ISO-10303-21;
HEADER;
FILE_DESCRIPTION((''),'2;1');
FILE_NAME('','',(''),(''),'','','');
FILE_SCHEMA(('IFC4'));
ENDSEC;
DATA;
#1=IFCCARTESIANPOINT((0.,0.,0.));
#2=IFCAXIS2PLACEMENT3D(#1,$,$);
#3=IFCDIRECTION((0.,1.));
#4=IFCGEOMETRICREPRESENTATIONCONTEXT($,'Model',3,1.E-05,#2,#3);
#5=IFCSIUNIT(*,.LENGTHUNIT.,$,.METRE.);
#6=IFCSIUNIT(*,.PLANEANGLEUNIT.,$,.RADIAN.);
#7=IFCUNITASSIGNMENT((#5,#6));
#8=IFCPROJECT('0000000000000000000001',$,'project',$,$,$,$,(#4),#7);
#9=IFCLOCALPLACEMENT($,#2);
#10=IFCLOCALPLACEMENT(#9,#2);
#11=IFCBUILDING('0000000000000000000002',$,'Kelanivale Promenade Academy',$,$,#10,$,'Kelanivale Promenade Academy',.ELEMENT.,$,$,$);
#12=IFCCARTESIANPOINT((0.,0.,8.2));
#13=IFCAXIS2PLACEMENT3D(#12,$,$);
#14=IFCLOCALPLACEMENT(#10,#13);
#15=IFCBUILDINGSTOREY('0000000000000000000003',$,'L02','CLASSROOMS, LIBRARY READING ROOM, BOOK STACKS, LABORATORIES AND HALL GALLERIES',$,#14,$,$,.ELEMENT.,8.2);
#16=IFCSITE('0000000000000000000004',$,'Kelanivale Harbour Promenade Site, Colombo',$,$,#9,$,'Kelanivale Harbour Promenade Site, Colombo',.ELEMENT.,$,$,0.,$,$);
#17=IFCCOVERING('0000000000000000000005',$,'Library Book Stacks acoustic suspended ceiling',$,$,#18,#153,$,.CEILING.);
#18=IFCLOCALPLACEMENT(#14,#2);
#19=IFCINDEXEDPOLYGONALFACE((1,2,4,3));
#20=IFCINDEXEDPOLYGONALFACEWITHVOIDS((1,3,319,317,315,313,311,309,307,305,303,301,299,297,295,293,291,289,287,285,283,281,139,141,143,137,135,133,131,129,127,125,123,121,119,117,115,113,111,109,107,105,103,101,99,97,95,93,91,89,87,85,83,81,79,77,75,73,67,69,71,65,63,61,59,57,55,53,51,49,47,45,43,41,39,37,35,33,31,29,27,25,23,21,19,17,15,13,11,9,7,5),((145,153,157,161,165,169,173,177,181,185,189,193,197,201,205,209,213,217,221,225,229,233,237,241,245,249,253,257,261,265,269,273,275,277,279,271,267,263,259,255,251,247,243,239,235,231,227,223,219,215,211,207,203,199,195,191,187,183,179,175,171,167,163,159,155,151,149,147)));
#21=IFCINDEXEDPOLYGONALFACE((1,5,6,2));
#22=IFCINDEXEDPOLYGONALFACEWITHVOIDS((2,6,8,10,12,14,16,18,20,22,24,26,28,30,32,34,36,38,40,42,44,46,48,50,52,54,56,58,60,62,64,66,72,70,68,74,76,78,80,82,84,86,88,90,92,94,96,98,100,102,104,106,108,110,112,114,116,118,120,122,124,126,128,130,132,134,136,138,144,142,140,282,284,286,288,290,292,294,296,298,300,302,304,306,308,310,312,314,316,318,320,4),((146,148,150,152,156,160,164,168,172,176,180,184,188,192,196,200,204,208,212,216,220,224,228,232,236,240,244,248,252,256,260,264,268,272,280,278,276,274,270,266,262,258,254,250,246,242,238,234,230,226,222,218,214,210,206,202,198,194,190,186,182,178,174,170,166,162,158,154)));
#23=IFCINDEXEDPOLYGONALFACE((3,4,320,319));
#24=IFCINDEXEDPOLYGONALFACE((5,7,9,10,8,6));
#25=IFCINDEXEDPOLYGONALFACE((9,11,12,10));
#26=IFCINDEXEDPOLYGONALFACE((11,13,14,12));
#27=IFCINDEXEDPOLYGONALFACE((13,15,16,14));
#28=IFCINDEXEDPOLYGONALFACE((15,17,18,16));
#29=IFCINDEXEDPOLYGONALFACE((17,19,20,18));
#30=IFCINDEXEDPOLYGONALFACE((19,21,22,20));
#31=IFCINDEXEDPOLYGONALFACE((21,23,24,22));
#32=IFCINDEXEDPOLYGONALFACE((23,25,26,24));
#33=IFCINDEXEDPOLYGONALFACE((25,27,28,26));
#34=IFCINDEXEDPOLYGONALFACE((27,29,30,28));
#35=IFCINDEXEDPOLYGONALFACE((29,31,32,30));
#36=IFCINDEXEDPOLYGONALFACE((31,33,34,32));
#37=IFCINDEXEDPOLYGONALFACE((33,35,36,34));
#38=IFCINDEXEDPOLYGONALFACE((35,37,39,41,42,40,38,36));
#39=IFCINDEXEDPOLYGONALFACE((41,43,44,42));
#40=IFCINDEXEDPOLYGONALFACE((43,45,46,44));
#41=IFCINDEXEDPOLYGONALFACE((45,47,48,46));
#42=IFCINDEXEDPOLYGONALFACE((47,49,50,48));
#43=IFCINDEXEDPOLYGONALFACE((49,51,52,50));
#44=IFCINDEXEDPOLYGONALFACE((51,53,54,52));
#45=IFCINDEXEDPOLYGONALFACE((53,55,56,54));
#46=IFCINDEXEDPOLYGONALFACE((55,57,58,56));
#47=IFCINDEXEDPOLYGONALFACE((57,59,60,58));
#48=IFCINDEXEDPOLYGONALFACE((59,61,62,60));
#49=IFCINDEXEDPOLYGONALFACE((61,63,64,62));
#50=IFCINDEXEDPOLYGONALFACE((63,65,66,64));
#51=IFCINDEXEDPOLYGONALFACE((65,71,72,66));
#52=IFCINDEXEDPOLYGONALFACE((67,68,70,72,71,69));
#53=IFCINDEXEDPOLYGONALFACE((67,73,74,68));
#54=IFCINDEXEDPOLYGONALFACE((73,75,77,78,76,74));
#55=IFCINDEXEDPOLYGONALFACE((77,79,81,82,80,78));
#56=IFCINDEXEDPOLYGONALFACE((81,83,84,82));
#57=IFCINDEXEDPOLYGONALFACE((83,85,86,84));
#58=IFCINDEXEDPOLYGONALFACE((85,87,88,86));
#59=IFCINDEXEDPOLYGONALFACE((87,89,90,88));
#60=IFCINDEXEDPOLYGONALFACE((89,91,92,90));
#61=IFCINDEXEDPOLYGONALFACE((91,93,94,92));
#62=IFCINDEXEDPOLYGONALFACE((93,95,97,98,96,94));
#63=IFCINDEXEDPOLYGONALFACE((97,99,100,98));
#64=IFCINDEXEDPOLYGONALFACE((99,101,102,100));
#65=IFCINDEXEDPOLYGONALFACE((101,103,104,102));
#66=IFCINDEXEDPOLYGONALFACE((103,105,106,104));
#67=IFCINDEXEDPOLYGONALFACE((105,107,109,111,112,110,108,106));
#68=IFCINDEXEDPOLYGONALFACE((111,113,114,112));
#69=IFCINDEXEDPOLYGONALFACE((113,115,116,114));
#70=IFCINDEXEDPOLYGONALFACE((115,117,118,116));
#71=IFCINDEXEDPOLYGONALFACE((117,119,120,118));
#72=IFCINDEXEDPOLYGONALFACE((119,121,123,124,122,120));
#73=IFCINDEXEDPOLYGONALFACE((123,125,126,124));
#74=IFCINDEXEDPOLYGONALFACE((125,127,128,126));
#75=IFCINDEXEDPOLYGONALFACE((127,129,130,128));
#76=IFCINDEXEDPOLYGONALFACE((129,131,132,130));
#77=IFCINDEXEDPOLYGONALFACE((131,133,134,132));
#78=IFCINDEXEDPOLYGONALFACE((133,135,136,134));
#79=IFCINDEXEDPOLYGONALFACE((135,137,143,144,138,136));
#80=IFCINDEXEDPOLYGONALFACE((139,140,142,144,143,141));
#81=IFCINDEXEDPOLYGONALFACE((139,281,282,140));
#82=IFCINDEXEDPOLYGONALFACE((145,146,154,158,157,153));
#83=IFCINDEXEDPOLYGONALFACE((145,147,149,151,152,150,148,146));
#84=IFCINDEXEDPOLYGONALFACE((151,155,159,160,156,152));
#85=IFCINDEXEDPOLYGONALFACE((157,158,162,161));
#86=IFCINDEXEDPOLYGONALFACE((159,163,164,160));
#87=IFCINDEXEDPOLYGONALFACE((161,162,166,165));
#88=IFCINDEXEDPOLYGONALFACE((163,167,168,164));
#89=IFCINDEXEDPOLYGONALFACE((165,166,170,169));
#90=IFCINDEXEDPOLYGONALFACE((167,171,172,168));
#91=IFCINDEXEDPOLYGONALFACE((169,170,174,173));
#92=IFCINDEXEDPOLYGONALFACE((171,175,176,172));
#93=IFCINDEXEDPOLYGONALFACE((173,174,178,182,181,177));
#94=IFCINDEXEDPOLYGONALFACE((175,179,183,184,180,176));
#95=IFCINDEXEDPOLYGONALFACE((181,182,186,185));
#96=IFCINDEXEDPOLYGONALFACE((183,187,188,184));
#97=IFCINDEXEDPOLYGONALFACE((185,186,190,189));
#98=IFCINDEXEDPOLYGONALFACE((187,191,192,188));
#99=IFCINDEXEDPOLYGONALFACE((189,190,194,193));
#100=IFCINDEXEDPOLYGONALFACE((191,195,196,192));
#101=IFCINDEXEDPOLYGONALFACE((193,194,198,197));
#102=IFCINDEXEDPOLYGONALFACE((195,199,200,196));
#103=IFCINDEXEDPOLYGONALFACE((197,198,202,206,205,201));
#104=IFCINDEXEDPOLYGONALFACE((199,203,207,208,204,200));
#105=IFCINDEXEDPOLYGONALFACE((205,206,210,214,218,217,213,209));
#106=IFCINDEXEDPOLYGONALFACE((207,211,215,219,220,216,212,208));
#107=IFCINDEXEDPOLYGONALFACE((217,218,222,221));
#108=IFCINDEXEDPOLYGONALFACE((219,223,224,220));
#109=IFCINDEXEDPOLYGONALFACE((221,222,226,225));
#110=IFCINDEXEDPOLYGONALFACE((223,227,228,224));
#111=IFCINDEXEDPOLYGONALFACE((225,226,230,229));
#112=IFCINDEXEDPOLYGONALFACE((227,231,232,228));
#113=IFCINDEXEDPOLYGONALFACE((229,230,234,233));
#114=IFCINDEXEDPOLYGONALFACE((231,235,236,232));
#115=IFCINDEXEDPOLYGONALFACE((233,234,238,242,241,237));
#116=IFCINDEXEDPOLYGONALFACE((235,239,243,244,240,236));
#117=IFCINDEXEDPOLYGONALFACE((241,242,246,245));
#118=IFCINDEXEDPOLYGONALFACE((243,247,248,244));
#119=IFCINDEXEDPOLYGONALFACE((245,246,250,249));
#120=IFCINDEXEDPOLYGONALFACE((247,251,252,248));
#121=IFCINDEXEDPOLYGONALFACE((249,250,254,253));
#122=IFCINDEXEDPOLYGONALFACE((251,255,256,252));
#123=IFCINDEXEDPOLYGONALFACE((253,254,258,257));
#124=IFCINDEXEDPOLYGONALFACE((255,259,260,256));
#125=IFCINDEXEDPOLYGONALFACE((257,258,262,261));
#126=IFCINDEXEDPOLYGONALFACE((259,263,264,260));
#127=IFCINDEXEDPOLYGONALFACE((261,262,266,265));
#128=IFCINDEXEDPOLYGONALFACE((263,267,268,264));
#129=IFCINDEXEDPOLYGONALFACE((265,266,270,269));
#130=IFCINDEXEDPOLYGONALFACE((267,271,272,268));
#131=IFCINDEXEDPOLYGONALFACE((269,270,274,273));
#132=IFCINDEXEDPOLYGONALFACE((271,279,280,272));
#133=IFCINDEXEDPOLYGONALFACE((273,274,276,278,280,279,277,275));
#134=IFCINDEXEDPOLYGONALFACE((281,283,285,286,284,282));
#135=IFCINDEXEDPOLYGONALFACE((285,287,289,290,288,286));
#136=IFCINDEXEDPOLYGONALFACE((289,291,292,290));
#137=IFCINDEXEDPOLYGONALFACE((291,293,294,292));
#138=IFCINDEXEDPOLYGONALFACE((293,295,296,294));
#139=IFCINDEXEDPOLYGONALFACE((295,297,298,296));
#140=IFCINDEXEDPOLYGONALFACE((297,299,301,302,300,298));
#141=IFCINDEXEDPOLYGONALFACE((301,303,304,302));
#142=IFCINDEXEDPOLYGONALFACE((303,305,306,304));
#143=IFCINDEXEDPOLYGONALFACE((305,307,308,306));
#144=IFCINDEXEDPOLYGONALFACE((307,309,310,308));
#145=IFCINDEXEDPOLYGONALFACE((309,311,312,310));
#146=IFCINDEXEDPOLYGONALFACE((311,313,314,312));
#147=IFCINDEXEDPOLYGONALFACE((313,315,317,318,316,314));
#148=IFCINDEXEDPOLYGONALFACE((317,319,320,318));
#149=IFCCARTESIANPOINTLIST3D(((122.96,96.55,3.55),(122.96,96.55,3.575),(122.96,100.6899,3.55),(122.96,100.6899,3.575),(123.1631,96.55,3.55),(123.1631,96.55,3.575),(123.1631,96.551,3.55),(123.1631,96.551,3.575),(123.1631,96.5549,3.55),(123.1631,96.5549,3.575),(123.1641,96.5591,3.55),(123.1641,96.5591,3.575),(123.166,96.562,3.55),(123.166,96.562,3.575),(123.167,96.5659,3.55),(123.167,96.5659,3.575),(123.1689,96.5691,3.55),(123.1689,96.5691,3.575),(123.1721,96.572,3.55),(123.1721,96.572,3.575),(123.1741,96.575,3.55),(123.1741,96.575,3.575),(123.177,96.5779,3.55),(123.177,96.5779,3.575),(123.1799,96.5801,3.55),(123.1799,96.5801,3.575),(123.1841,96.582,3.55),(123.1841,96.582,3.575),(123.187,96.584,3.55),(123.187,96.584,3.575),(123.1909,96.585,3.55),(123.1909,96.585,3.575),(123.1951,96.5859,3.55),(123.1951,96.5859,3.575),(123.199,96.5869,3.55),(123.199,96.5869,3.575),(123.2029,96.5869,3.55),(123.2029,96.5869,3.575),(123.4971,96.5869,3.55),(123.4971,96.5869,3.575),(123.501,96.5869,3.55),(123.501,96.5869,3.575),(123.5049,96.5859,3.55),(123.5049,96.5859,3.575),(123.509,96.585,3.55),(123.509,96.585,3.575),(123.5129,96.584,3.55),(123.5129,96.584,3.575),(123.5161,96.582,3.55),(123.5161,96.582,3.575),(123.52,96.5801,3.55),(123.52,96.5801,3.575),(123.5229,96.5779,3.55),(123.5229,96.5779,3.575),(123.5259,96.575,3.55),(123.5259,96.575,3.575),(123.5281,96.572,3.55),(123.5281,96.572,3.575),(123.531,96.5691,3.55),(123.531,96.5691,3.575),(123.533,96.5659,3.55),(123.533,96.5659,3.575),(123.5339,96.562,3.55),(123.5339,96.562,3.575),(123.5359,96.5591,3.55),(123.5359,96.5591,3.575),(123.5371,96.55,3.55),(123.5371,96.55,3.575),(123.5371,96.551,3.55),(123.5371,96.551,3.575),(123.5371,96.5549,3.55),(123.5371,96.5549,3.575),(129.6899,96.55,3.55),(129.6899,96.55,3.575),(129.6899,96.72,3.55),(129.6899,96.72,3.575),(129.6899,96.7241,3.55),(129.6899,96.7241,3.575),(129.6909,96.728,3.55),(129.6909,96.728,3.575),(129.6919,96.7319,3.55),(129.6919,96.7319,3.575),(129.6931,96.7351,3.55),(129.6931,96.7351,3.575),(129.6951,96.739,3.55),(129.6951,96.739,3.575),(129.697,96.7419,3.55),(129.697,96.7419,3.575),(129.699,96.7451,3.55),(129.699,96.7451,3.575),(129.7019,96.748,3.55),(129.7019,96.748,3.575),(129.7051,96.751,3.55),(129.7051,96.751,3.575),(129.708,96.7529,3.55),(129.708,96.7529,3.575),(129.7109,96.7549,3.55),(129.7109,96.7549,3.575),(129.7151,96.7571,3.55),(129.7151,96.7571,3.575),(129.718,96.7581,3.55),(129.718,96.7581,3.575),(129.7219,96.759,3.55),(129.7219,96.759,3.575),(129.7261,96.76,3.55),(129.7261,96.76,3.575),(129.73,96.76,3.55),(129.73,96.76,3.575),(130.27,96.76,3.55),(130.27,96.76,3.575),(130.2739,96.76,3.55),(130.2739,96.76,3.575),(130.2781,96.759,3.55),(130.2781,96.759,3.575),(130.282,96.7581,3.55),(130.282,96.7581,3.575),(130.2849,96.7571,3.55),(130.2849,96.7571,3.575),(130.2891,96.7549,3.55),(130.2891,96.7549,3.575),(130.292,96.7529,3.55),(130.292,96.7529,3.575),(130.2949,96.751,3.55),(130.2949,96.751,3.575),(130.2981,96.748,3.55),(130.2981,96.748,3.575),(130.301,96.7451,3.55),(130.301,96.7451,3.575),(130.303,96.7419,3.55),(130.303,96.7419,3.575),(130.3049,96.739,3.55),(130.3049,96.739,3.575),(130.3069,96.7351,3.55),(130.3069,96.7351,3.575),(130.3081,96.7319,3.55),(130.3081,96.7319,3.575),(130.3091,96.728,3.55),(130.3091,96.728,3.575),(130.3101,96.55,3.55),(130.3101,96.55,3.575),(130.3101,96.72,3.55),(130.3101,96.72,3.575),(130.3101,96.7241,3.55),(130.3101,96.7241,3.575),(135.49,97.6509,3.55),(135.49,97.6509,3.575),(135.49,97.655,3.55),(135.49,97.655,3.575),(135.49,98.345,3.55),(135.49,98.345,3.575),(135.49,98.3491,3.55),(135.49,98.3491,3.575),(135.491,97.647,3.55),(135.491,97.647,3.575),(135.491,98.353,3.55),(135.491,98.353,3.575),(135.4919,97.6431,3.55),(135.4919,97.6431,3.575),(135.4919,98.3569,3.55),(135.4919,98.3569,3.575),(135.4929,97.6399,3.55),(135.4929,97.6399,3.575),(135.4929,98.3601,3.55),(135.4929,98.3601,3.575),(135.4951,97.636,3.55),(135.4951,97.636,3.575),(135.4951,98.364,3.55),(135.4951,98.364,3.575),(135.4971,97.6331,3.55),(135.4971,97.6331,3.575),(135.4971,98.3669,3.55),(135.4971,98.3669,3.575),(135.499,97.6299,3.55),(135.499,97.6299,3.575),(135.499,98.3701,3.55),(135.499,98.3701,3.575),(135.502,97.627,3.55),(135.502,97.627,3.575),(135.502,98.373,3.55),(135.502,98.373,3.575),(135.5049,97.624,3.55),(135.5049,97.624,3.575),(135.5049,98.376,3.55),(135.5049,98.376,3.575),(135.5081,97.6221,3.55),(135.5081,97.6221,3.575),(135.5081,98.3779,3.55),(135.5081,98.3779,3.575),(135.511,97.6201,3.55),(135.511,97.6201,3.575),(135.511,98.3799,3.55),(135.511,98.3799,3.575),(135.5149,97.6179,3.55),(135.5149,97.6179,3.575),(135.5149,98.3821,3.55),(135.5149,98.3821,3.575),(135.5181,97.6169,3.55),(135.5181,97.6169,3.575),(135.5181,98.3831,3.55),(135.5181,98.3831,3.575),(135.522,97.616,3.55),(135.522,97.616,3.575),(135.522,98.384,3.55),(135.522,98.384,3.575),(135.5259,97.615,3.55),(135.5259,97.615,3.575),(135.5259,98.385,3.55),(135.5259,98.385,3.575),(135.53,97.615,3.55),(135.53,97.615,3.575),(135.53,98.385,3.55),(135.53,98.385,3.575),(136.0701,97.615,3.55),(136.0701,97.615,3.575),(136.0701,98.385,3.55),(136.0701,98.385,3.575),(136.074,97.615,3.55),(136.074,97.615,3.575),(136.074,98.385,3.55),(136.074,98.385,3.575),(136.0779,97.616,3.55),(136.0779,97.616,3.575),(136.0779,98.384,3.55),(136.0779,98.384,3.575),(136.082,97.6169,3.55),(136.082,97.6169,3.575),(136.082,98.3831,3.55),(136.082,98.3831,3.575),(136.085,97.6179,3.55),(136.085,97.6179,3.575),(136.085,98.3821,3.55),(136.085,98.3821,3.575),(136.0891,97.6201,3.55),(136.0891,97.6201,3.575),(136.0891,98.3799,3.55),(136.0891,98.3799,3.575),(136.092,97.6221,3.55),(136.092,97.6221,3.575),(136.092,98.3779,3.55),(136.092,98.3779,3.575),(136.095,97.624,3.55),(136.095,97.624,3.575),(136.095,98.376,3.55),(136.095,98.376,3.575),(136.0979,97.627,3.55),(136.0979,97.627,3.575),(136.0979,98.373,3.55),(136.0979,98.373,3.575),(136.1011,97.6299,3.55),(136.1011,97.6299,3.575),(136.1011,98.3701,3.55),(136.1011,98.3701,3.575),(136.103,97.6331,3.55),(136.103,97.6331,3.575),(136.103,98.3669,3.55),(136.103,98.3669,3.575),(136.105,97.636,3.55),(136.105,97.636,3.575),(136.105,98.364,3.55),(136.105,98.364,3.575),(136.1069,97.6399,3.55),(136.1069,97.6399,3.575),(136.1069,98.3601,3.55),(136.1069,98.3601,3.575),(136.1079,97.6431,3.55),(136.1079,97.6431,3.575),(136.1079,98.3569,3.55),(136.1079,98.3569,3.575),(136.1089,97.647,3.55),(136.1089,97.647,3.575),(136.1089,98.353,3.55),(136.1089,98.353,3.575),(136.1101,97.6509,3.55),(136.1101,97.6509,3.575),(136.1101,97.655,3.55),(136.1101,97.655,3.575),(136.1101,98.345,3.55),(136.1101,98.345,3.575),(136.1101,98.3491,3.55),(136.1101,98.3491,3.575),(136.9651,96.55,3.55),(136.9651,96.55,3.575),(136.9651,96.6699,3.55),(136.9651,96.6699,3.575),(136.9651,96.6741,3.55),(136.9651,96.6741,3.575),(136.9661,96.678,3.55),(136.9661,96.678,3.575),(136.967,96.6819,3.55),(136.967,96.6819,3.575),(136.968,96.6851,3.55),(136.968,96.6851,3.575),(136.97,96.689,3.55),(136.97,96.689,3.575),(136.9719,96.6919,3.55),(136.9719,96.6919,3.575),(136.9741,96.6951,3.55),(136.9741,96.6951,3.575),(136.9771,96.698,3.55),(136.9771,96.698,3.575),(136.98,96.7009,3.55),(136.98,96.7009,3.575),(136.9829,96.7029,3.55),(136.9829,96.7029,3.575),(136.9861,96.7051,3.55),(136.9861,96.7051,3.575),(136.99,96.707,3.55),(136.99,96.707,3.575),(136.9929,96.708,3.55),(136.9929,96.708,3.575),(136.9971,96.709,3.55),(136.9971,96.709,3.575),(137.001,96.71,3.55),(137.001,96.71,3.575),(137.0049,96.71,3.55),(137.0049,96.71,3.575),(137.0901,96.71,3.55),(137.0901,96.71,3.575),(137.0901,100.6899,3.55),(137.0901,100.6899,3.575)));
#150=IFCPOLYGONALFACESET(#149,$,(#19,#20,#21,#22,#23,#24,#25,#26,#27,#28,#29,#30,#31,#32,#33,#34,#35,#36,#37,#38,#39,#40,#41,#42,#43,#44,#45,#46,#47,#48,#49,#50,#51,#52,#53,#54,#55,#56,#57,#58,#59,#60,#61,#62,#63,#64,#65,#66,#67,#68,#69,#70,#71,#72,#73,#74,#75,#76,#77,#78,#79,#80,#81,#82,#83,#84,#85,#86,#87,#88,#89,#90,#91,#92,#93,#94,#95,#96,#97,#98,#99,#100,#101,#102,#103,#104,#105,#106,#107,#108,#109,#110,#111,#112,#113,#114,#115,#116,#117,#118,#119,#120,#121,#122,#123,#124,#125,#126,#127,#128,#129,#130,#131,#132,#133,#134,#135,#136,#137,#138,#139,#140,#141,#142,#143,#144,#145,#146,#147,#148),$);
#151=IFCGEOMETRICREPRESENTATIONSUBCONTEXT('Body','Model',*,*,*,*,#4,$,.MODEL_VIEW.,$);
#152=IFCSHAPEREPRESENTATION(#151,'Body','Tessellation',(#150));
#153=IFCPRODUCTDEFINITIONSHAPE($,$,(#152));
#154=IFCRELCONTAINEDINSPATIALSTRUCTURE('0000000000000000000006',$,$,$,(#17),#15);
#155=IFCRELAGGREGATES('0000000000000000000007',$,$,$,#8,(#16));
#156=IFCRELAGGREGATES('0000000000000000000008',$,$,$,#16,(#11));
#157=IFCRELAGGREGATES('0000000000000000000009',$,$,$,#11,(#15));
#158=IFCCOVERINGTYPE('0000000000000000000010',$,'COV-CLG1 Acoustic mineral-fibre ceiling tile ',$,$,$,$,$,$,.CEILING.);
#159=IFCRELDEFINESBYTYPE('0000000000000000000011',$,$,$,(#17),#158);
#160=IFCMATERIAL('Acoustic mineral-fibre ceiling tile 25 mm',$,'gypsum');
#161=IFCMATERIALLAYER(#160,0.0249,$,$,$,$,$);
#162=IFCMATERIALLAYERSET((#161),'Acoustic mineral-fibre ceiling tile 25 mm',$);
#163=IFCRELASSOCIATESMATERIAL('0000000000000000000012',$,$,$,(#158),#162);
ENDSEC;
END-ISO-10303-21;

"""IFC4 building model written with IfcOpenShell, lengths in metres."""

from ifc_helpers import new_model, si_unit, direction, frame, origin, place, context, subcontext, project, spatial, polyline, outline, extrude, material, layer, layer_set, type_object, element, save


model = new_model("IFC4")

# Units and contexts
model_context = context("Model", 3, precision=1e-05, world=origin(), true_north=direction((0.0, 1.0)))
body_context = subcontext(model_context, "Body", "Model", "MODEL_VIEW")
ifc_project = project(units=[si_unit("LENGTHUNIT", "METRE"), si_unit("PLANEANGLEUNIT", "RADIAN")], contexts=[model_context])

# Site, building, storey
site_placement = place(None, origin())
site = spatial("IfcSite", under=ifc_project, at=site_placement, Name="Kelanivale Harbour Promenade Site, Colombo", LongName="Kelanivale Harbour Promenade Site, Colombo", CompositionType="ELEMENT", RefElevation=0.0)
building_placement = place(site_placement, origin())
building = spatial("IfcBuilding", under=site, at=building_placement, Name="Kelanivale Promenade Academy", LongName="Kelanivale Promenade Academy", CompositionType="ELEMENT")
storey_placement = place(building_placement, frame((0.0, 0.0, 8.2)))
storey = spatial("IfcBuildingStorey", under=building, at=storey_placement, Name="L02", Description="CLASSROOMS, LIBRARY READING ROOM, BOOK STACKS, LABORATORIES AND HALL GALLERIES", CompositionType="ELEMENT", Elevation=8.2)

# Covering
ifc_material_1 = material(Name="Acoustic mineral-fibre ceiling tile 25 mm", Category="gypsum")
ifc_layer_1 = layer(ifc_material_1, 0.0249)
ifc_layer_set_1 = layer_set([ifc_layer_1], Name="Acoustic mineral-fibre ceiling tile 25 mm")
covering_type_1 = type_object("IfcCoveringType", Name="COV-CLG1 Acoustic mineral-fibre ceiling tile ", PredefinedType="CEILING", material=ifc_layer_set_1)
covering_1_placement = place(storey_placement, frame((0.0, 0.0, 3.55)))
element("IfcCovering", 1, at=covering_1_placement, inside=storey, type_object=covering_type_1, Name="Library Book Stacks acoustic suspended ceiling", PredefinedType="CEILING", context=body_context, shape_type="SweptSolid", body=[
    extrude(outline(polyline([(136.9651, 96.55), (136.9651, 96.6699), (136.9651, 96.6741), (136.9661, 96.678), (136.967, 96.6819), (136.968, 96.6851), (136.97, 96.689), (136.9719, 96.6919), (136.9741, 96.6951), (136.9771, 96.698), (136.98, 96.7009), (136.9829, 96.7029), (136.9861, 96.7051), (136.99, 96.707), (136.9929, 96.708), (136.9971, 96.709), (137.001, 96.71), (137.0049, 96.71), (137.0901, 96.71), (137.0901, 100.6899), (122.96, 100.6899), (122.96, 96.55), (123.1631, 96.55), (123.1631, 96.551), (123.1631, 96.5549), (123.1641, 96.5591), (123.166, 96.562), (123.167, 96.5659), (123.1689, 96.5691), (123.1721, 96.572), (123.1741, 96.575), (123.177, 96.5779), (123.1799, 96.5801), (123.1841, 96.582), (123.187, 96.584), (123.1909, 96.585), (123.1951, 96.5859), (123.199, 96.5869), (123.2029, 96.5869), (123.4971, 96.5869), (123.501, 96.5869), (123.5049, 96.5859), (123.509, 96.585), (123.5129, 96.584), (123.5161, 96.582), (123.52, 96.5801), (123.5229, 96.5779), (123.5259, 96.575), (123.5281, 96.572), (123.531, 96.5691), (123.533, 96.5659), (123.5339, 96.562), (123.5359, 96.5591), (123.5371, 96.5549), (123.5371, 96.551), (123.5371, 96.55), (129.6899, 96.55), (129.6899, 96.72), (129.6899, 96.7241), (129.6909, 96.728), (129.6919, 96.7319), (129.6931, 96.7351), (129.6951, 96.739), (129.697, 96.7419), (129.699, 96.7451), (129.7019, 96.748), (129.7051, 96.751), (129.708, 96.7529), (129.7109, 96.7549), (129.7151, 96.7571), (129.718, 96.7581), (129.7219, 96.759), (129.7261, 96.76), (129.73, 96.76), (130.27, 96.76), (130.2739, 96.76), (130.2781, 96.759), (130.282, 96.7581), (130.2849, 96.7571), (130.2891, 96.7549), (130.292, 96.7529), (130.2949, 96.751), (130.2981, 96.748), (130.301, 96.7451), (130.303, 96.7419), (130.3049, 96.739), (130.3069, 96.7351), (130.3081, 96.7319), (130.3091, 96.728), (130.3101, 96.7241), (130.3101, 96.72), (130.3101, 96.55), (136.9651, 96.55)]), holes=[polyline([(136.1101, 97.655), (136.1101, 97.6509), (136.1089, 97.647), (136.1079, 97.6431), (136.1069, 97.6399), (136.105, 97.636), (136.103, 97.6331), (136.1011, 97.6299), (136.0979, 97.627), (136.095, 97.624), (136.092, 97.6221), (136.0891, 97.6201), (136.085, 97.6179), (136.082, 97.6169), (136.0779, 97.616), (136.074, 97.615), (136.0701, 97.615), (135.53, 97.615), (135.5259, 97.615), (135.522, 97.616), (135.5181, 97.6169), (135.5149, 97.6179), (135.511, 97.6201), (135.5081, 97.6221), (135.5049, 97.624), (135.502, 97.627), (135.499, 97.6299), (135.4971, 97.6331), (135.4951, 97.636), (135.4929, 97.6399), (135.4919, 97.6431), (135.491, 97.647), (135.49, 97.6509), (135.49, 97.655), (135.49, 98.345), (135.49, 98.3491), (135.491, 98.353), (135.4919, 98.3569), (135.4929, 98.3601), (135.4951, 98.364), (135.4971, 98.3669), (135.499, 98.3701), (135.502, 98.373), (135.5049, 98.376), (135.5081, 98.3779), (135.511, 98.3799), (135.5149, 98.3821), (135.5181, 98.3831), (135.522, 98.384), (135.5259, 98.385), (135.53, 98.385), (136.0701, 98.385), (136.074, 98.385), (136.0779, 98.384), (136.082, 98.3831), (136.085, 98.3821), (136.0891, 98.3799), (136.092, 98.3779), (136.095, 98.376), (136.0979, 98.373), (136.1011, 98.3701), (136.103, 98.3669), (136.105, 98.364), (136.1069, 98.3601), (136.1079, 98.3569), (136.1089, 98.353), (136.1101, 98.3491), (136.1101, 98.345), (136.1101, 97.655)])]), origin(), (0.0, 0.0, 1.0), 0.0249),
])

save(model, "model.ifc")
